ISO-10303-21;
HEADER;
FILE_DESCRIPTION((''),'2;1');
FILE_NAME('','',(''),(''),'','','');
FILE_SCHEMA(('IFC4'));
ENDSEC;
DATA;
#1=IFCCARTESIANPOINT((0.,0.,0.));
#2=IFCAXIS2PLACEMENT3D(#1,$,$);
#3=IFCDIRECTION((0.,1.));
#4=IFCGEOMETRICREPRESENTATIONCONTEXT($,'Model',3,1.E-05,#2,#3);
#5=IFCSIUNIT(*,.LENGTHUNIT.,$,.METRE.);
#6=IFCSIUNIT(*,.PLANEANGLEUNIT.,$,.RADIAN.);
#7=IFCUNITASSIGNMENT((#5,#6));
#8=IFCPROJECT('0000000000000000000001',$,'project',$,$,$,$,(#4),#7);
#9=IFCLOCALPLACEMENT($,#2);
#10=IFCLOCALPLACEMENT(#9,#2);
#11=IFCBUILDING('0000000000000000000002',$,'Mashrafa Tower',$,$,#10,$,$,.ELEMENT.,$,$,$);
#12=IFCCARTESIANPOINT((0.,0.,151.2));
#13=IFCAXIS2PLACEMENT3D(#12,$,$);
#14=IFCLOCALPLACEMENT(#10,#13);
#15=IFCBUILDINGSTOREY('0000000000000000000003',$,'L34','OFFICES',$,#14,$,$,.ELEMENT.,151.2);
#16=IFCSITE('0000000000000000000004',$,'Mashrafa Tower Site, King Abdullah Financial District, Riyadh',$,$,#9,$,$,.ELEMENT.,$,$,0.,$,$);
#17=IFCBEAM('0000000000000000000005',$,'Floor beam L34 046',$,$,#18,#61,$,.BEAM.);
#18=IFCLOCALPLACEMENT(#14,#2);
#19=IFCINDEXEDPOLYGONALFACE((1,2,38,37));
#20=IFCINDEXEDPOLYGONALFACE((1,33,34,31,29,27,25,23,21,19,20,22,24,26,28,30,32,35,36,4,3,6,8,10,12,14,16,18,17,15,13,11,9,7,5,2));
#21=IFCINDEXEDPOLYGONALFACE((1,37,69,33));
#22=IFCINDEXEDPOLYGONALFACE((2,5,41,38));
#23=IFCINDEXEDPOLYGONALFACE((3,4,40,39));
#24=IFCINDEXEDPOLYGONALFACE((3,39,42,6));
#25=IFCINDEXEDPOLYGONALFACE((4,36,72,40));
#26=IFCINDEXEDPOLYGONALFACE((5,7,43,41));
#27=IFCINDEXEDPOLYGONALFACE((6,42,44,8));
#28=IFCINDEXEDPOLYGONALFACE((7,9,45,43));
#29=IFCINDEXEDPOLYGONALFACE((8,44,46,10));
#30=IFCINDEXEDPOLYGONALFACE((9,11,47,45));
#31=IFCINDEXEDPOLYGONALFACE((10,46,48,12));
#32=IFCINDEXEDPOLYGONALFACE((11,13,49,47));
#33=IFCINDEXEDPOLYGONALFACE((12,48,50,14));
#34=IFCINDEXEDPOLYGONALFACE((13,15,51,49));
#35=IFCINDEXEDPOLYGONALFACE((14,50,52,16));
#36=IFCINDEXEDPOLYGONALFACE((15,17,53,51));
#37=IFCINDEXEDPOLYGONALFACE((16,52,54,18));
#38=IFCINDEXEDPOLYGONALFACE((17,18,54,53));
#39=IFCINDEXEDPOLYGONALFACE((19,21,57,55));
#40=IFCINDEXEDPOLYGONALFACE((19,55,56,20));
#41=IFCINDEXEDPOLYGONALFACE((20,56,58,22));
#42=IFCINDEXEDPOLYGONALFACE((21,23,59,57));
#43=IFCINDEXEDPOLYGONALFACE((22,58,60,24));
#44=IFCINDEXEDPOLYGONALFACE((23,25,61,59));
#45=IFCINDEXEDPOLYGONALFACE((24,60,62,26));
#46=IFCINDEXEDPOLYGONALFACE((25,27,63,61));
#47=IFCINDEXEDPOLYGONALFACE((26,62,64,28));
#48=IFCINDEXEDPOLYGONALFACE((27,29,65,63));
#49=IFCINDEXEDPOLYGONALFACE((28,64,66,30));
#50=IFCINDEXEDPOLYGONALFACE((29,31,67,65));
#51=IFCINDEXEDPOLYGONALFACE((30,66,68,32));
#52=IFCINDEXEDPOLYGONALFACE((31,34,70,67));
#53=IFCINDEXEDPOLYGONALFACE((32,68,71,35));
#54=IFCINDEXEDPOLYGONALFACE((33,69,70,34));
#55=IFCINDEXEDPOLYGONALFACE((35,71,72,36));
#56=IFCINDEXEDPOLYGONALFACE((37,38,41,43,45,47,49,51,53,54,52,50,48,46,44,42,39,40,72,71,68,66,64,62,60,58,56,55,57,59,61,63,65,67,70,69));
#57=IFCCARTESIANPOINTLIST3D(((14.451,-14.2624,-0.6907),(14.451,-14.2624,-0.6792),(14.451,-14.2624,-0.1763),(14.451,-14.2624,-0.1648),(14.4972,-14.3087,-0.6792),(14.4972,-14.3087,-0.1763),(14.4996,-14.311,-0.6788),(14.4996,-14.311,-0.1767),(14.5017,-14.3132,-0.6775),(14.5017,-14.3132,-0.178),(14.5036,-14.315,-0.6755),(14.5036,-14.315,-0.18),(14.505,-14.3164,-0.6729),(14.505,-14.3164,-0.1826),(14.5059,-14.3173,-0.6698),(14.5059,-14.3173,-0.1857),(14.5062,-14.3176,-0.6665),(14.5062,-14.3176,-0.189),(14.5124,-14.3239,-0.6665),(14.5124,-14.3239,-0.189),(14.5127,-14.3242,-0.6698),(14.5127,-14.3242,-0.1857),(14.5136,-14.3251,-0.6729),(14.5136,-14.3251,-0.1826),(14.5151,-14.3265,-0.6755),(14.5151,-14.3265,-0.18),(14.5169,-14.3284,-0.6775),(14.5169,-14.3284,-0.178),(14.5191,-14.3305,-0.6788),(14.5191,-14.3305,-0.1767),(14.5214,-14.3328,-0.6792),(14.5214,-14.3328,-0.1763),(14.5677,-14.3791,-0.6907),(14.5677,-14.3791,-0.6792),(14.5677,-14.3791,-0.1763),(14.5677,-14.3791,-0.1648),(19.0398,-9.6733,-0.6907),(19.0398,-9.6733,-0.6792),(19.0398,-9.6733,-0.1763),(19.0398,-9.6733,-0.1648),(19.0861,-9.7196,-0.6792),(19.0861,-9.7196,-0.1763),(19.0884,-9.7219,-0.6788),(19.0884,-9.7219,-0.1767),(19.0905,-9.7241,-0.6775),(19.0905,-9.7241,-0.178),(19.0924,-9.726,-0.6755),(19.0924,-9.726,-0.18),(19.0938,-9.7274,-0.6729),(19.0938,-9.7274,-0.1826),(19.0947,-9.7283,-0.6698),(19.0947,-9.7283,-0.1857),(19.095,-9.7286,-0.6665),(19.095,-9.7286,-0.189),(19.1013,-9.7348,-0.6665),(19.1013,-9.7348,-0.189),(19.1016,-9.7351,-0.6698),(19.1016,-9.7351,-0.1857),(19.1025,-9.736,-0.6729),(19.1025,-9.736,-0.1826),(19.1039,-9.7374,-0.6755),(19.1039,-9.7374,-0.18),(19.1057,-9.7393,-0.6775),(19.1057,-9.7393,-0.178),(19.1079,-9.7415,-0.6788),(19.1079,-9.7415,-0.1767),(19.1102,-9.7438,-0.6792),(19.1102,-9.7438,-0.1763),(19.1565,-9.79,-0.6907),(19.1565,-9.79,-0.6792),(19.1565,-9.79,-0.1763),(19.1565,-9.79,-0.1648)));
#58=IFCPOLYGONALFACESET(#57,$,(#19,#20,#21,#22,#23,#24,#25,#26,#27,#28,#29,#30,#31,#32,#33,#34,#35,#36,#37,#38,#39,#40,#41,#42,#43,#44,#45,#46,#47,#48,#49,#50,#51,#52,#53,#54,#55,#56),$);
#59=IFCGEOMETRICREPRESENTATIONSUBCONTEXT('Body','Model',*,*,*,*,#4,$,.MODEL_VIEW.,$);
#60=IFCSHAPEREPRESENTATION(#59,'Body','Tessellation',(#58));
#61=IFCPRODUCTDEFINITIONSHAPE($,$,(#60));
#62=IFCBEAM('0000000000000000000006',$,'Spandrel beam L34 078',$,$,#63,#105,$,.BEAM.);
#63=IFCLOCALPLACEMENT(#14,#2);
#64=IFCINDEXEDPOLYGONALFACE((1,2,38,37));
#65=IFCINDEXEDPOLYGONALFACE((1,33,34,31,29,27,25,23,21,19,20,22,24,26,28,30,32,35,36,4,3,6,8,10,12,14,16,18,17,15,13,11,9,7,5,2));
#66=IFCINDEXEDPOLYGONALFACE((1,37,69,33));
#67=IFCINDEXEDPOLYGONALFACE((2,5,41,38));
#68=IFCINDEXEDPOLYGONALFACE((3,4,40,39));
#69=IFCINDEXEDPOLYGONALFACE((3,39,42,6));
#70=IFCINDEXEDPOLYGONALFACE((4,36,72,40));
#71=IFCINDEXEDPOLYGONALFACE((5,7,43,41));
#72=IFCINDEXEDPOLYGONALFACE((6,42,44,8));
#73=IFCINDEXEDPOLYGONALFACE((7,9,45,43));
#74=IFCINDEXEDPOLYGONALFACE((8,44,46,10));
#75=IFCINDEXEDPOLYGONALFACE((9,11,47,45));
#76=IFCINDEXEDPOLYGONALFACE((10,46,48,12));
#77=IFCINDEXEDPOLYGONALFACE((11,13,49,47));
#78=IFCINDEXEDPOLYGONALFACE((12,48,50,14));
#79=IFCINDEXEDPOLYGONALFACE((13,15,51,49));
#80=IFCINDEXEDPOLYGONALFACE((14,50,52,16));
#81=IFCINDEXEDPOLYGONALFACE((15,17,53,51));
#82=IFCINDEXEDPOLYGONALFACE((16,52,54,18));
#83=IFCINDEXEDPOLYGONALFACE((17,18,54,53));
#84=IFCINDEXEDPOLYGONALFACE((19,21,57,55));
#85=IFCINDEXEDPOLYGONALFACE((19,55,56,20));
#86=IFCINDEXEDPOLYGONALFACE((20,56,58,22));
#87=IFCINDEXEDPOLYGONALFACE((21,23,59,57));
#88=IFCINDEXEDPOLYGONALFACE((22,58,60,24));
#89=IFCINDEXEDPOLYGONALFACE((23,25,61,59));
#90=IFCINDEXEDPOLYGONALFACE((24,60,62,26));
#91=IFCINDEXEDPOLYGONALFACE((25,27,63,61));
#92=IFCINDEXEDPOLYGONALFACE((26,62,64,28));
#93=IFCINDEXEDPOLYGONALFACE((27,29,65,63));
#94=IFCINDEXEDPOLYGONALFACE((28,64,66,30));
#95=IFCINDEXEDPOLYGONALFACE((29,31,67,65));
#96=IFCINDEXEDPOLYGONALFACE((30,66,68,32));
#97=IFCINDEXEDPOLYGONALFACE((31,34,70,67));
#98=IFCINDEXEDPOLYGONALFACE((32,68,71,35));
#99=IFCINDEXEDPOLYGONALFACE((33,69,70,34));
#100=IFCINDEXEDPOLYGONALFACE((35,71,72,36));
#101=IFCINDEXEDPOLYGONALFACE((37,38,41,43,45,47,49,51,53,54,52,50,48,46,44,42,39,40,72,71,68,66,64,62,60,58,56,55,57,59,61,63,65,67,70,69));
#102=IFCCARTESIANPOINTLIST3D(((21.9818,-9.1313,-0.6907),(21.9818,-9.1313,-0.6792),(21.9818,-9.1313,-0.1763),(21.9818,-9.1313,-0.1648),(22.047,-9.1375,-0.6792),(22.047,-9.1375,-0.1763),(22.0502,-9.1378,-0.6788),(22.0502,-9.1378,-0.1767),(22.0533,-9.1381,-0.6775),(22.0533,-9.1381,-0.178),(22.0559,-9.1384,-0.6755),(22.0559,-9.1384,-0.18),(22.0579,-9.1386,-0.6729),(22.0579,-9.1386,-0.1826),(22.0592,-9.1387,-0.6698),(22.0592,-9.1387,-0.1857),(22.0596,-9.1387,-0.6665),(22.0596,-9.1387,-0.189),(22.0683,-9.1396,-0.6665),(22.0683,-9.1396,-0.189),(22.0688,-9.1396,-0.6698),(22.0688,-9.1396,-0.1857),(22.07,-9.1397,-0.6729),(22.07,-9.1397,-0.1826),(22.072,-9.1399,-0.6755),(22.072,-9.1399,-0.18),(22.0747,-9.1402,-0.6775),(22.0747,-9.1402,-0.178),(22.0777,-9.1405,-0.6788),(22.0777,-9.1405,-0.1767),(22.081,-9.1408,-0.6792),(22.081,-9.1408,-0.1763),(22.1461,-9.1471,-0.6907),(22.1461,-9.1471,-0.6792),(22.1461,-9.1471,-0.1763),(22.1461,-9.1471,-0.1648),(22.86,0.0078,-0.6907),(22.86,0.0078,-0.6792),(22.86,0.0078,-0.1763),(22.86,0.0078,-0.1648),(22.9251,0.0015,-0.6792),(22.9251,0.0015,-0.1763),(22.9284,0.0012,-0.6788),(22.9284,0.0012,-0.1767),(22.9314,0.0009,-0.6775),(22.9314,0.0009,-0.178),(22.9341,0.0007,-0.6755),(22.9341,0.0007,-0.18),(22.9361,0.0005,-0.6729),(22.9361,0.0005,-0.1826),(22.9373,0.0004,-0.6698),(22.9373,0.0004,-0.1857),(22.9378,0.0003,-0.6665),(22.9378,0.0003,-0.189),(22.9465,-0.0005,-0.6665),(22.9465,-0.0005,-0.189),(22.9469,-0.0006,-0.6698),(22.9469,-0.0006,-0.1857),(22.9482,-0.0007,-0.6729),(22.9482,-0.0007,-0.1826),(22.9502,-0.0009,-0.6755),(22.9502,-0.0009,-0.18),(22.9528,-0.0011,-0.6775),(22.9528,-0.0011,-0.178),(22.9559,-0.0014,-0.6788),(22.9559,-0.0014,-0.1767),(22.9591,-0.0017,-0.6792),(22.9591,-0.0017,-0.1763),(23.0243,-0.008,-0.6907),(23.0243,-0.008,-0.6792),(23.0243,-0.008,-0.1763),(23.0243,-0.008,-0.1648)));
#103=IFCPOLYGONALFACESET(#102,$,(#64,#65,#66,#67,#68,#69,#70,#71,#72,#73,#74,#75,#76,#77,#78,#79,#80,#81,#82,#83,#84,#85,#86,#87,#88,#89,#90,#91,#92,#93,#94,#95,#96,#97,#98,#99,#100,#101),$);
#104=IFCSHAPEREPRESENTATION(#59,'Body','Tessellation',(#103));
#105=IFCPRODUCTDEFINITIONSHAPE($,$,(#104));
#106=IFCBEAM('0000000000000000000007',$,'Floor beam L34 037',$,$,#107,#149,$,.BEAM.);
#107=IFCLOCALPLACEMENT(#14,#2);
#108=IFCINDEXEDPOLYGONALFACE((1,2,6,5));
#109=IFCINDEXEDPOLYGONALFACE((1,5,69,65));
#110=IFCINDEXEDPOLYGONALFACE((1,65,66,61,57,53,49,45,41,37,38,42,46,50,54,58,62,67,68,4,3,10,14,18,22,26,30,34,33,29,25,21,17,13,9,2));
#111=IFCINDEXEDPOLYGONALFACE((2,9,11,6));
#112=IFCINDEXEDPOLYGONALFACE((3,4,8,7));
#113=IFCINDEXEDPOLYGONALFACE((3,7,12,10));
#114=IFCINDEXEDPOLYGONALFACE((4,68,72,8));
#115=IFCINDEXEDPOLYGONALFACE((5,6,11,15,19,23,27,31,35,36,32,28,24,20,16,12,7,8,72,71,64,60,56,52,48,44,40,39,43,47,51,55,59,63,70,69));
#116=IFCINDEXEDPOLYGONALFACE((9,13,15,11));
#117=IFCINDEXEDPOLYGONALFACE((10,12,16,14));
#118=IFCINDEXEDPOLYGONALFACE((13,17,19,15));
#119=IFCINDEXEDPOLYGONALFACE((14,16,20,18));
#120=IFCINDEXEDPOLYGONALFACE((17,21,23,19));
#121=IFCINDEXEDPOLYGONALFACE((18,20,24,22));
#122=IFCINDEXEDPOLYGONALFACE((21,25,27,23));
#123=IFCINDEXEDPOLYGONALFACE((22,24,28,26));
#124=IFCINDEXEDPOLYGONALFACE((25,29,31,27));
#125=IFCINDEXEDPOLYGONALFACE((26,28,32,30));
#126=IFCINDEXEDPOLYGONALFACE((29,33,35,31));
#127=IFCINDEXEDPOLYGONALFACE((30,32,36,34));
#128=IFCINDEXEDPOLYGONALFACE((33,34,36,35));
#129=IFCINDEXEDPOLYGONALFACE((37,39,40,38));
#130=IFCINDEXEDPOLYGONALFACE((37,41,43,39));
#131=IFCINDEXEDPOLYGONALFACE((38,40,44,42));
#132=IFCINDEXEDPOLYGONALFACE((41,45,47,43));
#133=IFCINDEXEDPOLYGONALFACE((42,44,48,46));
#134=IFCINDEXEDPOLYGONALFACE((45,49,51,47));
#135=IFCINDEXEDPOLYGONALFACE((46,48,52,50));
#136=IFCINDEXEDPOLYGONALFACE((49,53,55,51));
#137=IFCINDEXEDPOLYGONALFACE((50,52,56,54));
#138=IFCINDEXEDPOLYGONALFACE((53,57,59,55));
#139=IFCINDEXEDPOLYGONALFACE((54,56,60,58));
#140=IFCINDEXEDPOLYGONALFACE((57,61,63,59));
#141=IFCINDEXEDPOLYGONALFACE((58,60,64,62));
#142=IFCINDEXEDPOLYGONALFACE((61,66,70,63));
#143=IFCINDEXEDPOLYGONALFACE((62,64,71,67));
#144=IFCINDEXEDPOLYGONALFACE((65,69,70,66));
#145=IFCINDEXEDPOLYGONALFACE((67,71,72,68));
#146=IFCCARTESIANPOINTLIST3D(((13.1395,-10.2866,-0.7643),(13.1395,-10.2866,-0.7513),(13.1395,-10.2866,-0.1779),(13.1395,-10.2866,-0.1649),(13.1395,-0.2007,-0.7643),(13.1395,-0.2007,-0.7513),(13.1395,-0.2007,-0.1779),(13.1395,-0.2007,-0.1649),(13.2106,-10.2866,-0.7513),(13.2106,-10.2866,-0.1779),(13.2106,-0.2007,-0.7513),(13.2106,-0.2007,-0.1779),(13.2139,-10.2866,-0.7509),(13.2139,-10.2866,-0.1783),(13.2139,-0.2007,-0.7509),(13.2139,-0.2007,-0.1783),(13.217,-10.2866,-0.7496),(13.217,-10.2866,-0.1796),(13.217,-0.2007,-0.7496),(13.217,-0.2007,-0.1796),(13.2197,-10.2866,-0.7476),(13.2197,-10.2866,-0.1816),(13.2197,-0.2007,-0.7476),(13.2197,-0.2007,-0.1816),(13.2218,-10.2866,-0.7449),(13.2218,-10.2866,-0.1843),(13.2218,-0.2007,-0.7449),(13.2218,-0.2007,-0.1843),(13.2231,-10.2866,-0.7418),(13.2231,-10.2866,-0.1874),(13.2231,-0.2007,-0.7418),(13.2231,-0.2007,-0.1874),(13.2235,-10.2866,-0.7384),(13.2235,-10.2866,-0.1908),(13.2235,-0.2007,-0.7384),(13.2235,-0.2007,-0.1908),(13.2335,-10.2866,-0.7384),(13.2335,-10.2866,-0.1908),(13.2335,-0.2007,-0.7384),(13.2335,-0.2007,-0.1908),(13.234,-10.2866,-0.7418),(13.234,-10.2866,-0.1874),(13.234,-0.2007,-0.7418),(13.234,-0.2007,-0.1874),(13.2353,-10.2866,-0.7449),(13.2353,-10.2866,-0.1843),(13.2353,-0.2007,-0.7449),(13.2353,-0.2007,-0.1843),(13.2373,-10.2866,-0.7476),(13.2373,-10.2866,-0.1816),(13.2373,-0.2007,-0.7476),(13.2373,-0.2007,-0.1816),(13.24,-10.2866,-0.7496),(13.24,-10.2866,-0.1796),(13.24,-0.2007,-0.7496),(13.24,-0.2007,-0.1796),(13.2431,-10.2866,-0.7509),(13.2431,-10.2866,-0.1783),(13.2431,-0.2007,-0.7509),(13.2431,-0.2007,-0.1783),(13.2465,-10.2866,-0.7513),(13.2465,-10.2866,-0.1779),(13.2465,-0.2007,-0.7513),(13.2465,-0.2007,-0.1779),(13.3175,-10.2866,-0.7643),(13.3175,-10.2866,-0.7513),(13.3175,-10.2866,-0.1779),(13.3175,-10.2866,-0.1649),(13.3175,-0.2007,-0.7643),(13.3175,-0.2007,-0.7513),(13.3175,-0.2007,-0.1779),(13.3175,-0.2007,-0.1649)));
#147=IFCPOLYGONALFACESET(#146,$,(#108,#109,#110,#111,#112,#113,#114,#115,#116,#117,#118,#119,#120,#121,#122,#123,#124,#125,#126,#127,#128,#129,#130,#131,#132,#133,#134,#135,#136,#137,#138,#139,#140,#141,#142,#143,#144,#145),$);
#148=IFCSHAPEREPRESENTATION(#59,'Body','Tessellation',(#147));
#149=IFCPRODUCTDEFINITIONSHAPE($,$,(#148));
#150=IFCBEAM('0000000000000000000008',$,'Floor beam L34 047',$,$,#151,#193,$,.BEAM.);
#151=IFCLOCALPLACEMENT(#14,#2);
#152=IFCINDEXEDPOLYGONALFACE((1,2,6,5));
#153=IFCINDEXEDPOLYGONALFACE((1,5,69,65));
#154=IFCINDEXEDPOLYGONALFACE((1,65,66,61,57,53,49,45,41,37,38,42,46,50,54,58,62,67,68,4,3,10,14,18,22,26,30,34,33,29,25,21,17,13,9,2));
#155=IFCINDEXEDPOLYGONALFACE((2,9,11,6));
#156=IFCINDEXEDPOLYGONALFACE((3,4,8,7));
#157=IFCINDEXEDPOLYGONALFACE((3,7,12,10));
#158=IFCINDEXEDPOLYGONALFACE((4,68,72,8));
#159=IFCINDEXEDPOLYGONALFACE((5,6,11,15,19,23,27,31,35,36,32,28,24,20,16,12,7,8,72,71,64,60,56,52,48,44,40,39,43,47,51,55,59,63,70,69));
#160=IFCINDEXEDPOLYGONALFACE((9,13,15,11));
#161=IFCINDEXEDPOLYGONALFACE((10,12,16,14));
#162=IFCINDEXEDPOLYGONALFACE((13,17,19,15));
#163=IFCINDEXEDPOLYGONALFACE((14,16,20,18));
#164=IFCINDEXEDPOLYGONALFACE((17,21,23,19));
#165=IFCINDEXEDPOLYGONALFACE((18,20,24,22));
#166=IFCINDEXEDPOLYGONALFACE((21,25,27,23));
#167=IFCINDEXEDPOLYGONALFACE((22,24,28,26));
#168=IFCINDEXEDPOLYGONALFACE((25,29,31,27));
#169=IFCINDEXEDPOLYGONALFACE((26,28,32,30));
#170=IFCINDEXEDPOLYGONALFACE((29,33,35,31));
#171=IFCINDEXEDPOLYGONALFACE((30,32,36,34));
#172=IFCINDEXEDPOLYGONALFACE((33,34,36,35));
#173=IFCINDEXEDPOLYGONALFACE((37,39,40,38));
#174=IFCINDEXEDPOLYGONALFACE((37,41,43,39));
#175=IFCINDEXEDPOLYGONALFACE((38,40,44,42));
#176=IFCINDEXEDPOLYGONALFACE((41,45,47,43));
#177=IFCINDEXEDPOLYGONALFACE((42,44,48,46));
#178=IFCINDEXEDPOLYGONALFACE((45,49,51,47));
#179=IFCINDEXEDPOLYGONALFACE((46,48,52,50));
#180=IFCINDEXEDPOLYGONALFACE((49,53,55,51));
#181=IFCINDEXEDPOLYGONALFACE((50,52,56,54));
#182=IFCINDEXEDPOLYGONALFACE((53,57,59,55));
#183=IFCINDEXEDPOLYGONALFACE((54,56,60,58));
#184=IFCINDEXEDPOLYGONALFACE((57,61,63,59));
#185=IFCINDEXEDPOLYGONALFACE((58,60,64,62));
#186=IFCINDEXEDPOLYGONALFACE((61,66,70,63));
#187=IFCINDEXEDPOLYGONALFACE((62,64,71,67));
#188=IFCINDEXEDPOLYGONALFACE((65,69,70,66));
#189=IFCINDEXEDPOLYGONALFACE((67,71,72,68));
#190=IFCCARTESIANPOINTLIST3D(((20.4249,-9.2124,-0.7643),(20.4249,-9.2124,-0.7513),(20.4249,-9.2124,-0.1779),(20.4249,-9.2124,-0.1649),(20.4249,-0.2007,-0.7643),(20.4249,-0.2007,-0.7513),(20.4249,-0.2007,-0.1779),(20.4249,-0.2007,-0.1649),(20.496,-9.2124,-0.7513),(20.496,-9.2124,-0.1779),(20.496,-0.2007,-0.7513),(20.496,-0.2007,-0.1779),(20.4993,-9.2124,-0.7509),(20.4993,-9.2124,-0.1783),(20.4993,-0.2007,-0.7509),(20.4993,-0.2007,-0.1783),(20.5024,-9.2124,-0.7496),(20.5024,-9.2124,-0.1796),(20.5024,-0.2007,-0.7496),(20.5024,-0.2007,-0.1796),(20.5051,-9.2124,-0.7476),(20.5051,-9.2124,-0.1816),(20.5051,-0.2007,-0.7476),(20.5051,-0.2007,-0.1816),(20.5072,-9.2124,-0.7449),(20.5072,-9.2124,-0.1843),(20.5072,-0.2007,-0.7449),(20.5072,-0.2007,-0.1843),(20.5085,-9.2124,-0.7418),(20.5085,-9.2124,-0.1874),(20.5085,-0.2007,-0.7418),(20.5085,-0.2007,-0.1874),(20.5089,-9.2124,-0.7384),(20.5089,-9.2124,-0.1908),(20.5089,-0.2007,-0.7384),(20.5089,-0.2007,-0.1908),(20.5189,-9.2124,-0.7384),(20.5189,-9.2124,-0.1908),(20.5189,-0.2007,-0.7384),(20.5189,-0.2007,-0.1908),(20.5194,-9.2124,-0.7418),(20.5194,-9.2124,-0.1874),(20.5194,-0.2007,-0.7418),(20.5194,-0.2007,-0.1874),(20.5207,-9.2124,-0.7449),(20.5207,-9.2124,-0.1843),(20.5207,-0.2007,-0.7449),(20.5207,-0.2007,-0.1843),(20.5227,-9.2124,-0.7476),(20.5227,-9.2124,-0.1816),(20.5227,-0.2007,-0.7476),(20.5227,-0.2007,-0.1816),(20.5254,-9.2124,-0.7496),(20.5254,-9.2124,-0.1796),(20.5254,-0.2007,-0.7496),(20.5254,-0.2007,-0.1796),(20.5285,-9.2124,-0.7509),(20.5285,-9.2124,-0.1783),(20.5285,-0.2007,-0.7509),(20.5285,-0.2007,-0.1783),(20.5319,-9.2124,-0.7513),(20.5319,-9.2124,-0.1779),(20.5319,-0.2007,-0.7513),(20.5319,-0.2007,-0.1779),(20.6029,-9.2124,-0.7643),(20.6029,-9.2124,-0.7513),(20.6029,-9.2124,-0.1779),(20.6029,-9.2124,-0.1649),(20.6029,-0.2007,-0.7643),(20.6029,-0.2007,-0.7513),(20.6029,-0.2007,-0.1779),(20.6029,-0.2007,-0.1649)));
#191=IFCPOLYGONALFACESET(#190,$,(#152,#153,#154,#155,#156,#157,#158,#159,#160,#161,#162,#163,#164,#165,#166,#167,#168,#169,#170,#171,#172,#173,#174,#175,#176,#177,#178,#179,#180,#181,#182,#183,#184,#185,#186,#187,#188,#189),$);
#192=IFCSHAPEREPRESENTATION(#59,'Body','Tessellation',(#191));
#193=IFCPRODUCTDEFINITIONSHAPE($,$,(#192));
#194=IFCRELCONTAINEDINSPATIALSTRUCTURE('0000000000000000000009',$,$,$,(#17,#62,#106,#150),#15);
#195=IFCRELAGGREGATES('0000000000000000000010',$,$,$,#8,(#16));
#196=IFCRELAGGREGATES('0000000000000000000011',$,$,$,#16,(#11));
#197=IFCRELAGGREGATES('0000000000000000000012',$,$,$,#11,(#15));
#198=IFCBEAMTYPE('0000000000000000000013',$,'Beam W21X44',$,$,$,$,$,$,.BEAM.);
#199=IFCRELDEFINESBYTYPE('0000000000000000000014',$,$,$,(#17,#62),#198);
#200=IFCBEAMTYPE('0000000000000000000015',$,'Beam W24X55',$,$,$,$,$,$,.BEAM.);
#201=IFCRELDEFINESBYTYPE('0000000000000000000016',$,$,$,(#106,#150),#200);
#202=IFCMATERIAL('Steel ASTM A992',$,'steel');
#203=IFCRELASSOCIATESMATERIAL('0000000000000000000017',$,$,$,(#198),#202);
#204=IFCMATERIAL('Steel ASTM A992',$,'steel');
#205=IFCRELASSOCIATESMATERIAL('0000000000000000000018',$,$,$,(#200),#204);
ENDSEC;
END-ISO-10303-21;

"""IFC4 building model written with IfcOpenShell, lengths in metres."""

from ifc_helpers import new_model, si_unit, direction, frame, origin, origin_2d, place, context, subcontext, project, spatial, i_section, extrude, material, material_profile, profile_set, type_object, element, save


model = new_model("IFC4")

# Units and contexts
model_context = context("Model", 3, precision=1e-05, world=origin(), true_north=direction((0.0, 1.0)))
body_context = subcontext(model_context, "Body", "Model", "MODEL_VIEW")
ifc_project = project(units=[si_unit("LENGTHUNIT", "METRE"), si_unit("PLANEANGLEUNIT", "RADIAN")], contexts=[model_context])

# Site, building, storey
site_placement = place(None, origin())
site = spatial("IfcSite", under=ifc_project, at=site_placement, Name="Mashrafa Tower Site, King Abdullah Financial District, Riyadh", CompositionType="ELEMENT", RefElevation=0.0)
building_placement = place(site_placement, origin())
building = spatial("IfcBuilding", under=site, at=building_placement, Name="Mashrafa Tower", CompositionType="ELEMENT")
storey_placement = place(building_placement, frame((0.0, 0.0, 151.2)))
storey = spatial("IfcBuildingStorey", under=building, at=storey_placement, Name="L34", Description="OFFICES", CompositionType="ELEMENT", Elevation=151.2)

# Beams
ifc_material_1 = material(Name="Steel ASTM A992", Category="steel")
ifc_material_profile_1 = material_profile(ifc_material_1, i_section(OverallWidth=0.165, OverallDepth=0.5259, WebThickness=0.0088, FlangeThickness=0.0115, FilletRadius=0.0127, at=origin_2d()), Name="W21X44")
ifc_profile_set_1 = profile_set([ifc_material_profile_1], Name="Steel ASTM A992")
beam_type_1 = type_object("IfcBeamType", Name="Beam W21X44", PredefinedType="BEAM", material=ifc_profile_set_1)
beam_1_placement = place(storey_placement, frame((19.0981, -9.7317, -0.4277), z_axis=(-0.707088, -0.707126, 0.0), x_axis=(0.707126, -0.707088, 0.0)))
element("IfcBeam", 1, at=beam_1_placement, inside=storey, type_object=beam_type_1, Name="Floor beam L34 046", PredefinedType="BEAM", context=body_context, shape_type="SweptSolid", body=[
    extrude(i_section(OverallWidth=0.165, OverallDepth=0.5259, WebThickness=0.0088, FlangeThickness=0.0115, FilletRadius=0.0127, at=origin_2d()), origin(), (0.0, 0.0, 1.0), 6.4897),
])
beam_2_placement = place(storey_placement, frame((22.064, -9.1392, -0.4277), z_axis=(0.095649, 0.995415, 0.0), x_axis=(-0.995415, 0.095649, 0.0)))
element("IfcBeam", 2, at=beam_2_placement, inside=storey, type_object=beam_type_1, Name="Spandrel beam L34 078", PredefinedType="BEAM", context=body_context, shape_type="SweptSolid", body=[
    extrude(i_section(OverallWidth=0.165, OverallDepth=0.5259, WebThickness=0.0088, FlangeThickness=0.0115, FilletRadius=0.0127, at=origin_2d()), origin(), (0.0, 0.0, 1.0), 9.1812),
])
ifc_material_2 = material(Name="Steel ASTM A992", Category="steel")
ifc_material_profile_2 = material_profile(ifc_material_2, i_section(OverallWidth=0.178, OverallDepth=0.5994, WebThickness=0.01, FlangeThickness=0.0129, FilletRadius=0.0129, at=origin_2d()), Name="W24X55")
ifc_profile_set_2 = profile_set([ifc_material_profile_2], Name="Steel ASTM A992")
beam_type_2 = type_object("IfcBeamType", Name="Beam W24X55", PredefinedType="BEAM", material=ifc_profile_set_2)
beam_3_placement = place(storey_placement, frame((13.2285, -0.2007, -0.4646), z_axis=(0.0, -1.0, 0.0), x_axis=(1.0, 0.0, 0.0)))
element("IfcBeam", 3, at=beam_3_placement, inside=storey, type_object=beam_type_2, Name="Floor beam L34 037", PredefinedType="BEAM", context=body_context, shape_type="SweptSolid", body=[
    extrude(i_section(OverallWidth=0.178, OverallDepth=0.5994, WebThickness=0.01, FlangeThickness=0.0129, FilletRadius=0.0129, at=origin_2d()), origin(), (0.0, 0.0, 1.0), 10.0859),
])
beam_4_placement = place(storey_placement, frame((20.5139, -0.2007, -0.4646), z_axis=(0.0, -1.0, 0.0), x_axis=(1.0, 0.0, 0.0)))
element("IfcBeam", 4, at=beam_4_placement, inside=storey, type_object=beam_type_2, Name="Floor beam L34 047", PredefinedType="BEAM", context=body_context, shape_type="SweptSolid", body=[
    extrude(i_section(OverallWidth=0.178, OverallDepth=0.5994, WebThickness=0.01, FlangeThickness=0.0129, FilletRadius=0.0129, at=origin_2d()), origin(), (0.0, 0.0, 1.0), 9.0117),
])

save(model, "model.ifc")
